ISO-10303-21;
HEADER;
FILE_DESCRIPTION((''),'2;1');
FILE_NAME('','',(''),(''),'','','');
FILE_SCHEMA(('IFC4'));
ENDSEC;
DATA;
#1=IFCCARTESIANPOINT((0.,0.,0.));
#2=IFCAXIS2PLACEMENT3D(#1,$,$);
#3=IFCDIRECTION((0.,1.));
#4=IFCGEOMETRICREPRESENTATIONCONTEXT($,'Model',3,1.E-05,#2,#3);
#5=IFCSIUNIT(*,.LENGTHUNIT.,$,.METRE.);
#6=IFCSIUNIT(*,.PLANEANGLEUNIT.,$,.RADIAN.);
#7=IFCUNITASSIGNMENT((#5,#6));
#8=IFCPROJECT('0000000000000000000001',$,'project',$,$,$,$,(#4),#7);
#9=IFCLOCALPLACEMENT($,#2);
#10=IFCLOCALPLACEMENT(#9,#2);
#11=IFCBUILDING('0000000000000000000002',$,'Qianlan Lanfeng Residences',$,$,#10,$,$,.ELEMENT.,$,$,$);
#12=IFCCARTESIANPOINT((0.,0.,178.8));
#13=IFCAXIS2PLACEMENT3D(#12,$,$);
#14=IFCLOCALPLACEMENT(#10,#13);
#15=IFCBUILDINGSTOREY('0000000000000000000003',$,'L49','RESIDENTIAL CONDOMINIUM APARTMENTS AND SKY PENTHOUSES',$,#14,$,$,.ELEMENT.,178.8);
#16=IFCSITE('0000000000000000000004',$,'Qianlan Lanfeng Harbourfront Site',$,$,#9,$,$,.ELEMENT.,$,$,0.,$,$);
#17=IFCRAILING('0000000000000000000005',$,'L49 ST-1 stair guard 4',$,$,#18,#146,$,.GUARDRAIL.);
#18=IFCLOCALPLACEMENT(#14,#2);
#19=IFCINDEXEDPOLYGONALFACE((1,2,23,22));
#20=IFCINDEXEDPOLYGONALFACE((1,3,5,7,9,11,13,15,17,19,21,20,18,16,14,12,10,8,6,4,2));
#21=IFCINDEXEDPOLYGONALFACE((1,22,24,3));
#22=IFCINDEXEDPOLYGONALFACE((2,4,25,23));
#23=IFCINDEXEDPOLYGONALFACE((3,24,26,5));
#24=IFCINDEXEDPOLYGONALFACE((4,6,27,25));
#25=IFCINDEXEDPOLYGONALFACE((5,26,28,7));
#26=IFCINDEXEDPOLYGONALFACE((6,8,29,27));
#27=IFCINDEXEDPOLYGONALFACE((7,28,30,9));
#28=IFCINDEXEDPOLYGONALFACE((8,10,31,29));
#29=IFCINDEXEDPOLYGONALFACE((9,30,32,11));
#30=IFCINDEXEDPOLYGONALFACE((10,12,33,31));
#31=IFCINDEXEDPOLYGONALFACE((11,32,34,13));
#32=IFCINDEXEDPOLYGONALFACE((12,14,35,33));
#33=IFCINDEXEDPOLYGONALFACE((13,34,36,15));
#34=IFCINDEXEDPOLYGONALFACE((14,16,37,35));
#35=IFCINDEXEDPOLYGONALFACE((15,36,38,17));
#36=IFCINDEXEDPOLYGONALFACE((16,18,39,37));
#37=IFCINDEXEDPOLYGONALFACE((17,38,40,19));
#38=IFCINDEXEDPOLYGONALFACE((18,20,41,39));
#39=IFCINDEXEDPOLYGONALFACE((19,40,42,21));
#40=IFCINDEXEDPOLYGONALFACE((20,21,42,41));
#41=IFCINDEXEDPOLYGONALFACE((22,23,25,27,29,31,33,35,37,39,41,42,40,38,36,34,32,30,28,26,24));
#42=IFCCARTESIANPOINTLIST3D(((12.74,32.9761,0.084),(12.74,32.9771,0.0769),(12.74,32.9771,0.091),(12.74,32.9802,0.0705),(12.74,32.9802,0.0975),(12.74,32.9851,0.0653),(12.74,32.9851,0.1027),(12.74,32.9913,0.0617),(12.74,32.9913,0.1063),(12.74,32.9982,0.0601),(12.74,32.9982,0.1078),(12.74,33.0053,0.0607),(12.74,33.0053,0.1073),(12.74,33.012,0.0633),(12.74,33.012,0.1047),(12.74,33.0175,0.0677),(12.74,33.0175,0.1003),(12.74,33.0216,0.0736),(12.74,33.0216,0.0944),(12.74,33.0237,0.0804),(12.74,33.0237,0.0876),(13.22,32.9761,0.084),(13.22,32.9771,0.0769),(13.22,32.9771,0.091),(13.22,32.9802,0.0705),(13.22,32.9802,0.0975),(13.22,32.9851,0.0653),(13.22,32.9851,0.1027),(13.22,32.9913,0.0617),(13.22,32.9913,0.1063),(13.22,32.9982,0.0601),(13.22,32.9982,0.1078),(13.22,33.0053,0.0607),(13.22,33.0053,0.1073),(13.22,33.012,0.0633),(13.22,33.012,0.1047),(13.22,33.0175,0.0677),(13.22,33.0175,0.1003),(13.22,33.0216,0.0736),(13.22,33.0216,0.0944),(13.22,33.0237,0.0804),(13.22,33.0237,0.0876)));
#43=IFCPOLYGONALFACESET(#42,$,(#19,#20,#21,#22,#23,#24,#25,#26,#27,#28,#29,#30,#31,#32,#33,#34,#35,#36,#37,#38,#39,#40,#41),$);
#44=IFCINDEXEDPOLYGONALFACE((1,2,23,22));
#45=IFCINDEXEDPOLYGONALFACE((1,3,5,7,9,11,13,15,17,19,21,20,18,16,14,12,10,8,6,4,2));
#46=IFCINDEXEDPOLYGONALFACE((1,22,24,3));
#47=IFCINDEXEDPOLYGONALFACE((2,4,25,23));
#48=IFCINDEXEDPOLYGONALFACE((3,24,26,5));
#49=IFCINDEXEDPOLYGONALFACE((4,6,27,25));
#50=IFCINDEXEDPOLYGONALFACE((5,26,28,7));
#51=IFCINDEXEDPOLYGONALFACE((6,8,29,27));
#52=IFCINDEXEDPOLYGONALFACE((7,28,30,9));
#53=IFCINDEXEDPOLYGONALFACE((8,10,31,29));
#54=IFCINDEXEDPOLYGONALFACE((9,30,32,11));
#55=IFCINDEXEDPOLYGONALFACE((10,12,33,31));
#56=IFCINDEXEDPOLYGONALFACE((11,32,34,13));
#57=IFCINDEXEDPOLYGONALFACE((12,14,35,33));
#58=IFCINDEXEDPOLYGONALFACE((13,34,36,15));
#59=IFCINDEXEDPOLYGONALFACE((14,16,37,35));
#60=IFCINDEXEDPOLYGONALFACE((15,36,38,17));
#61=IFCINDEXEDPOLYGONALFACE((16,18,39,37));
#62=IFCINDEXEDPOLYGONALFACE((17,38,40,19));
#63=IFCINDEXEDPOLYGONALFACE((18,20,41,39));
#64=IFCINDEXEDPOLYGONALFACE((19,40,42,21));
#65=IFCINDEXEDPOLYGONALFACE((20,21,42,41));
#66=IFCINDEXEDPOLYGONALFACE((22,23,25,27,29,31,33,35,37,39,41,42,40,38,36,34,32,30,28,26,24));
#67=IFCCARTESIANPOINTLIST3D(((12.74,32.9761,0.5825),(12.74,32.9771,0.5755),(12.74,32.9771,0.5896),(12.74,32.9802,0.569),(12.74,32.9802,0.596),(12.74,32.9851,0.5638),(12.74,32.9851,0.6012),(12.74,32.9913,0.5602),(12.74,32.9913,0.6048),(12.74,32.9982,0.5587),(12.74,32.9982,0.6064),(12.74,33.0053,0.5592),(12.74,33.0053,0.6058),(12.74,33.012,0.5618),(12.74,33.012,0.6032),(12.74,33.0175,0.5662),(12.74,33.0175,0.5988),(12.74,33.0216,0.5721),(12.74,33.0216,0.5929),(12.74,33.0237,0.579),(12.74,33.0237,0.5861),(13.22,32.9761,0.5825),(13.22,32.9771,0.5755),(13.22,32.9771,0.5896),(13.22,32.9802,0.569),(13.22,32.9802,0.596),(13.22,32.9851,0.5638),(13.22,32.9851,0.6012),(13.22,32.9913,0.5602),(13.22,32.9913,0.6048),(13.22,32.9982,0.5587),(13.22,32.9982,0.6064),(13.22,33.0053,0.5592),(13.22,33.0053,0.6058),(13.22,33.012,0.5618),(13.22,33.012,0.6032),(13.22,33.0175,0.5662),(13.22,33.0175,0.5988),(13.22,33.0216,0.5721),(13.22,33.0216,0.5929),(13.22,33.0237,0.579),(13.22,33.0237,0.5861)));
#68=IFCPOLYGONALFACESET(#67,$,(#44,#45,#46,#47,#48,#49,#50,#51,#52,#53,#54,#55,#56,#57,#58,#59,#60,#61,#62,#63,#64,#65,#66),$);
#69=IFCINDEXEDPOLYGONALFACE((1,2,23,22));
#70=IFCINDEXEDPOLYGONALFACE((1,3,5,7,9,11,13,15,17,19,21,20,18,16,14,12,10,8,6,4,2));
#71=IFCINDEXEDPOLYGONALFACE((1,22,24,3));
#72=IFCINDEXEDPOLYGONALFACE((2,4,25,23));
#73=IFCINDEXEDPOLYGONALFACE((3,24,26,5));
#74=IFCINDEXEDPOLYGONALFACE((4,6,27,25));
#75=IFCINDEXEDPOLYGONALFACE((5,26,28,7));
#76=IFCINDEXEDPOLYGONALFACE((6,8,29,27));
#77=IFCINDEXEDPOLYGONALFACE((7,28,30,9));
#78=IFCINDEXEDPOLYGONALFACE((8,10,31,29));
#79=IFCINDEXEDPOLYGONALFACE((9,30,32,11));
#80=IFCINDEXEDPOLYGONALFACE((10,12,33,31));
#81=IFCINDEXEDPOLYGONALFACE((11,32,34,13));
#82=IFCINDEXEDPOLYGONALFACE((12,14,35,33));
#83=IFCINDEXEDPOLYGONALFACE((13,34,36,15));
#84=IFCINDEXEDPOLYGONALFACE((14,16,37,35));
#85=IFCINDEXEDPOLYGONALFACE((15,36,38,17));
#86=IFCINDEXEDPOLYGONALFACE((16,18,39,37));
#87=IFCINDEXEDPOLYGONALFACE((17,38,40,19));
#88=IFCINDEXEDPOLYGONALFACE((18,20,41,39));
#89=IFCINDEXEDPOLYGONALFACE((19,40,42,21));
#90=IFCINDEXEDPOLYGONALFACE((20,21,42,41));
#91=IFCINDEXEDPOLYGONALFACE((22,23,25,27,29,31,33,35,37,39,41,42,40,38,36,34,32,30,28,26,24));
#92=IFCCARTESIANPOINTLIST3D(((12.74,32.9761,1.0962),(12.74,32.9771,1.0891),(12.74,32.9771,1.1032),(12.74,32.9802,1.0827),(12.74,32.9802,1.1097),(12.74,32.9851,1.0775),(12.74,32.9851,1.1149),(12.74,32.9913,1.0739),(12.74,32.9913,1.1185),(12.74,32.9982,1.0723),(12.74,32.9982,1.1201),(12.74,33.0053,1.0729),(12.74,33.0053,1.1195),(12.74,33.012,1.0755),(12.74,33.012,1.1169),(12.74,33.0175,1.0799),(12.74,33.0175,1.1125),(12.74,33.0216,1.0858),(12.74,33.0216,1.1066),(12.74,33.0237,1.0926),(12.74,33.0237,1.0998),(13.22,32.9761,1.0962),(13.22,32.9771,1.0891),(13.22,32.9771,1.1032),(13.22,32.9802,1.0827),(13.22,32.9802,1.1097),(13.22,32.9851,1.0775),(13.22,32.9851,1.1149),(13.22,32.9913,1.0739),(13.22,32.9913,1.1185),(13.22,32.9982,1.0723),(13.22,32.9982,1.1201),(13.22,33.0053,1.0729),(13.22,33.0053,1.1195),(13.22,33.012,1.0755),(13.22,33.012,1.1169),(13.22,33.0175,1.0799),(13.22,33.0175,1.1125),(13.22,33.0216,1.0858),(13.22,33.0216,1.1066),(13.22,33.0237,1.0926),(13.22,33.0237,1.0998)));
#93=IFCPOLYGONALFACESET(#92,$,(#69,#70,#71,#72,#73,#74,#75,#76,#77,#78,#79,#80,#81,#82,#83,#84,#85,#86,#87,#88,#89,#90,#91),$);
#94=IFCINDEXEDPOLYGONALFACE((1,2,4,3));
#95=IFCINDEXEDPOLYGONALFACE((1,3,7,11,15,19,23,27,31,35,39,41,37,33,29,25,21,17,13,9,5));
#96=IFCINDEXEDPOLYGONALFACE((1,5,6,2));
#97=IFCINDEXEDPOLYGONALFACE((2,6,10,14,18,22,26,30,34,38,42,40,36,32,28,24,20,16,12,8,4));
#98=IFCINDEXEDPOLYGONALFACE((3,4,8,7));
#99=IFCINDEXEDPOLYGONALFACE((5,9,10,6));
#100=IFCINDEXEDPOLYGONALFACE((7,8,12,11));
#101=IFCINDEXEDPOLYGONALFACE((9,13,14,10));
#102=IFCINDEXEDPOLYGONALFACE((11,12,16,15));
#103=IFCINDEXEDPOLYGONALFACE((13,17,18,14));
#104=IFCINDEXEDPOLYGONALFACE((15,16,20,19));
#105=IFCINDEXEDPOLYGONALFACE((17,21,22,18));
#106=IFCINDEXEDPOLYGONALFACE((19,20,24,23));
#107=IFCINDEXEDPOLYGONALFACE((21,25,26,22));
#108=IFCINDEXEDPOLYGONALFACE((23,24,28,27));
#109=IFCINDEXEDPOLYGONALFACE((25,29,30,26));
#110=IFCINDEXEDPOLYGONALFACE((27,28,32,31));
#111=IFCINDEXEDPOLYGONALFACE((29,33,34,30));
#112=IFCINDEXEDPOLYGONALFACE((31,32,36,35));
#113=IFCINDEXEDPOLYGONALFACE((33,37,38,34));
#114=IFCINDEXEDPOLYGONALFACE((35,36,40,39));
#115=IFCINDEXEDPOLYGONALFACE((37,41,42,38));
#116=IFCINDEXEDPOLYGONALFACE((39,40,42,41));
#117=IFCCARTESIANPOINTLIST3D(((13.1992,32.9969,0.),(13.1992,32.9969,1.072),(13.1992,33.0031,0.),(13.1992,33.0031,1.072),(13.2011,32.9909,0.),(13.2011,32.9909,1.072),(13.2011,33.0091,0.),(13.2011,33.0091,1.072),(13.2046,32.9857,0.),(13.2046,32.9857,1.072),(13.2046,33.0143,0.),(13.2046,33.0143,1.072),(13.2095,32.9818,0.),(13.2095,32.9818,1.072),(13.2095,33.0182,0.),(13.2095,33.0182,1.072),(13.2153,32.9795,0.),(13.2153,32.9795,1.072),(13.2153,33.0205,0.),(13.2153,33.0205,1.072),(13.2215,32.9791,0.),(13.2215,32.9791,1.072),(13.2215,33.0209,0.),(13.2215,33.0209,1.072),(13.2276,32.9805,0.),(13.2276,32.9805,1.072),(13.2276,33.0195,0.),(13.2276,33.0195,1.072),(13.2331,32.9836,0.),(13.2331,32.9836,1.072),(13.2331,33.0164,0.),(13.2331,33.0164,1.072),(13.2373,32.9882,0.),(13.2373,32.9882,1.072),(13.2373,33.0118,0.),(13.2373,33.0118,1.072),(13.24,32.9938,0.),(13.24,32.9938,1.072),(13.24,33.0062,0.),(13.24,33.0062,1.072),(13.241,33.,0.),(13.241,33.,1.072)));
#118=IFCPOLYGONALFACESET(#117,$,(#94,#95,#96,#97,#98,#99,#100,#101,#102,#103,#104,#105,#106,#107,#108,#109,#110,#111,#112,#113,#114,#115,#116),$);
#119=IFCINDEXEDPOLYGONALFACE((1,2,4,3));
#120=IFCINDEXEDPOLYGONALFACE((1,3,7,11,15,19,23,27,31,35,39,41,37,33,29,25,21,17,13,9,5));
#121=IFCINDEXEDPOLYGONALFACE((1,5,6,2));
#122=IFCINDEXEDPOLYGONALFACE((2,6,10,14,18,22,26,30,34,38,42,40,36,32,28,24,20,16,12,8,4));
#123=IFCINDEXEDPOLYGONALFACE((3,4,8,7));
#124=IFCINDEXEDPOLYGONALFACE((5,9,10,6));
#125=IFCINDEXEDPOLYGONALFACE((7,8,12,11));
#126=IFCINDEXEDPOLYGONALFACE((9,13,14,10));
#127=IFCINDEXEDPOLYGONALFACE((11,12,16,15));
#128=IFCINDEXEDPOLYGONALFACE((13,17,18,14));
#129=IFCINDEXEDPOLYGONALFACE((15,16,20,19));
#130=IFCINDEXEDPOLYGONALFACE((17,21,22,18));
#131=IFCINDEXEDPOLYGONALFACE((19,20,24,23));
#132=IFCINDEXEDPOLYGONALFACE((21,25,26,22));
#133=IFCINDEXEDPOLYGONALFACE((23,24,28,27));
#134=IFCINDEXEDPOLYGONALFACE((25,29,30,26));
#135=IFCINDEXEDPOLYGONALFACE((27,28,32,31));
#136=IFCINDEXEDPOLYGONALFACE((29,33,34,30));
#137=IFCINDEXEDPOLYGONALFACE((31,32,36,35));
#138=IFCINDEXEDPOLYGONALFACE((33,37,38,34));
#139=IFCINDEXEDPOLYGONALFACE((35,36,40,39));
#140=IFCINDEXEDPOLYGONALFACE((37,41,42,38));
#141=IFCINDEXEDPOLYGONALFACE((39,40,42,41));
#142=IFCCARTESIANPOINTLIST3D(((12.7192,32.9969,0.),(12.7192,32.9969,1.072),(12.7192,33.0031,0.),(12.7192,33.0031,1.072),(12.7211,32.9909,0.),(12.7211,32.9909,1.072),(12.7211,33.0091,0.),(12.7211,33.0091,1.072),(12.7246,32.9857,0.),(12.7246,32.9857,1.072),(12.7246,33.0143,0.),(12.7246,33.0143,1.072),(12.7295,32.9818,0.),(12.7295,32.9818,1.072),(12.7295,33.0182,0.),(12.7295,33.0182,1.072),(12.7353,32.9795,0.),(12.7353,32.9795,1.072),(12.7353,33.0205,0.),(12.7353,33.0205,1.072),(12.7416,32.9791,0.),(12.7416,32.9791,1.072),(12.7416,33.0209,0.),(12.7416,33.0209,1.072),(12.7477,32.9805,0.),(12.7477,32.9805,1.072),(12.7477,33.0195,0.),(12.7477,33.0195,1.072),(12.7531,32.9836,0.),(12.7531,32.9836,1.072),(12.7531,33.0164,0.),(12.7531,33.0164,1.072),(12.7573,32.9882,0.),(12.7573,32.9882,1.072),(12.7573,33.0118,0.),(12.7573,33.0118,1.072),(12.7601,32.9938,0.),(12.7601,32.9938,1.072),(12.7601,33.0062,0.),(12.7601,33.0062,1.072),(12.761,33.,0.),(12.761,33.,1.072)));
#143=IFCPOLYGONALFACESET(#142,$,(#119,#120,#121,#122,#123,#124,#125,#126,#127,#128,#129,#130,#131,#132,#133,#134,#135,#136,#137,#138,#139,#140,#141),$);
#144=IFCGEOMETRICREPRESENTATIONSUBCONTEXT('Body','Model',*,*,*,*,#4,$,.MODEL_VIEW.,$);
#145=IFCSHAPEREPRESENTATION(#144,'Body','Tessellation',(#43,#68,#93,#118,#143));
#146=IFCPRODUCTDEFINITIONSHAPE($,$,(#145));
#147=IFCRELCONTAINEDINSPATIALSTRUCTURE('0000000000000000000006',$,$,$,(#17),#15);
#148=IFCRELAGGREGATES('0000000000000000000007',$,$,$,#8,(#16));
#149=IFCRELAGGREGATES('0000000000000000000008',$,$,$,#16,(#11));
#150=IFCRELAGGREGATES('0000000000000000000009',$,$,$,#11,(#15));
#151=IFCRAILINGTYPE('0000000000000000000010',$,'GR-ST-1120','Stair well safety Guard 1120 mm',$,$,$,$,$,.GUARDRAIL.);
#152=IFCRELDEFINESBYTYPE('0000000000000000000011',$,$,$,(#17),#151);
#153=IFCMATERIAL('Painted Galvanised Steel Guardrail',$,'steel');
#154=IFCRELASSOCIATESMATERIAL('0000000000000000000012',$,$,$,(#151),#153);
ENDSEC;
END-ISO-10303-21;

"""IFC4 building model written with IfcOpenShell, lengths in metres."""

from ifc_helpers import new_model, si_unit, direction, frame, origin, origin_2d, place, context, subcontext, project, spatial, circle, extrude, material, type_object, element, save


model = new_model("IFC4")

# Units and contexts
model_context = context("Model", 3, precision=1e-05, world=origin(), true_north=direction((0.0, 1.0)))
body_context = subcontext(model_context, "Body", "Model", "MODEL_VIEW")
ifc_project = project(units=[si_unit("LENGTHUNIT", "METRE"), si_unit("PLANEANGLEUNIT", "RADIAN")], contexts=[model_context])

# Site, building, storey
site_placement = place(None, origin())
site = spatial("IfcSite", under=ifc_project, at=site_placement, Name="Qianlan Lanfeng Harbourfront Site", CompositionType="ELEMENT", RefElevation=0.0)
building_placement = place(site_placement, origin())
building = spatial("IfcBuilding", under=site, at=building_placement, Name="Qianlan Lanfeng Residences", CompositionType="ELEMENT")
storey_placement = place(building_placement, frame((0.0, 0.0, 178.8)))
storey = spatial("IfcBuildingStorey", under=building, at=storey_placement, Name="L49", Description="RESIDENTIAL CONDOMINIUM APARTMENTS AND SKY PENTHOUSES", CompositionType="ELEMENT", Elevation=178.8)

# Railing
ifc_material_1 = material(Name="Painted Galvanised Steel Guardrail", Category="steel")
railing_type_1 = type_object("IfcRailingType", Name="GR-ST-1120", Description="Stair well safety Guard 1120 mm", PredefinedType="GUARDRAIL", material=ifc_material_1)
railing_1_placement = place(storey_placement, frame((13.22, 33.0, 0.0)))
element("IfcRailing", 1, at=railing_1_placement, inside=storey, type_object=railing_type_1, Name="L49 ST-1 stair guard 4", PredefinedType="GUARDRAIL", context=body_context, shape_type="SweptSolid", body=[
    extrude(circle(Radius=0.0239, at=origin_2d()), frame((0.0, 0.0, 0.084), z_axis=(-1.0, 0.0, 0.0), x_axis=(0.0, -1.0, 0.0)), (0.0, 0.0, 1.0), 0.48),
    extrude(circle(Radius=0.0239, at=origin_2d()), frame((0.0, 0.0, 0.5825), z_axis=(-1.0, 0.0, 0.0), x_axis=(0.0, -1.0, 0.0)), (0.0, 0.0, 1.0), 0.48),
    extrude(circle(Radius=0.0239, at=origin_2d()), frame((0.0, 0.0, 1.0962), z_axis=(-1.0, 0.0, 0.0), x_axis=(0.0, -1.0, 0.0)), (0.0, 0.0, 1.0), 0.48),
    extrude(circle(Radius=0.021, at=origin_2d()), origin(), (0.0, 0.0, 1.0), 1.072),
    extrude(circle(Radius=0.021, at=origin_2d()), frame((-0.48, 0.0, 0.0)), (0.0, 0.0, 1.0), 1.072),
])

save(model, "model.ifc")
